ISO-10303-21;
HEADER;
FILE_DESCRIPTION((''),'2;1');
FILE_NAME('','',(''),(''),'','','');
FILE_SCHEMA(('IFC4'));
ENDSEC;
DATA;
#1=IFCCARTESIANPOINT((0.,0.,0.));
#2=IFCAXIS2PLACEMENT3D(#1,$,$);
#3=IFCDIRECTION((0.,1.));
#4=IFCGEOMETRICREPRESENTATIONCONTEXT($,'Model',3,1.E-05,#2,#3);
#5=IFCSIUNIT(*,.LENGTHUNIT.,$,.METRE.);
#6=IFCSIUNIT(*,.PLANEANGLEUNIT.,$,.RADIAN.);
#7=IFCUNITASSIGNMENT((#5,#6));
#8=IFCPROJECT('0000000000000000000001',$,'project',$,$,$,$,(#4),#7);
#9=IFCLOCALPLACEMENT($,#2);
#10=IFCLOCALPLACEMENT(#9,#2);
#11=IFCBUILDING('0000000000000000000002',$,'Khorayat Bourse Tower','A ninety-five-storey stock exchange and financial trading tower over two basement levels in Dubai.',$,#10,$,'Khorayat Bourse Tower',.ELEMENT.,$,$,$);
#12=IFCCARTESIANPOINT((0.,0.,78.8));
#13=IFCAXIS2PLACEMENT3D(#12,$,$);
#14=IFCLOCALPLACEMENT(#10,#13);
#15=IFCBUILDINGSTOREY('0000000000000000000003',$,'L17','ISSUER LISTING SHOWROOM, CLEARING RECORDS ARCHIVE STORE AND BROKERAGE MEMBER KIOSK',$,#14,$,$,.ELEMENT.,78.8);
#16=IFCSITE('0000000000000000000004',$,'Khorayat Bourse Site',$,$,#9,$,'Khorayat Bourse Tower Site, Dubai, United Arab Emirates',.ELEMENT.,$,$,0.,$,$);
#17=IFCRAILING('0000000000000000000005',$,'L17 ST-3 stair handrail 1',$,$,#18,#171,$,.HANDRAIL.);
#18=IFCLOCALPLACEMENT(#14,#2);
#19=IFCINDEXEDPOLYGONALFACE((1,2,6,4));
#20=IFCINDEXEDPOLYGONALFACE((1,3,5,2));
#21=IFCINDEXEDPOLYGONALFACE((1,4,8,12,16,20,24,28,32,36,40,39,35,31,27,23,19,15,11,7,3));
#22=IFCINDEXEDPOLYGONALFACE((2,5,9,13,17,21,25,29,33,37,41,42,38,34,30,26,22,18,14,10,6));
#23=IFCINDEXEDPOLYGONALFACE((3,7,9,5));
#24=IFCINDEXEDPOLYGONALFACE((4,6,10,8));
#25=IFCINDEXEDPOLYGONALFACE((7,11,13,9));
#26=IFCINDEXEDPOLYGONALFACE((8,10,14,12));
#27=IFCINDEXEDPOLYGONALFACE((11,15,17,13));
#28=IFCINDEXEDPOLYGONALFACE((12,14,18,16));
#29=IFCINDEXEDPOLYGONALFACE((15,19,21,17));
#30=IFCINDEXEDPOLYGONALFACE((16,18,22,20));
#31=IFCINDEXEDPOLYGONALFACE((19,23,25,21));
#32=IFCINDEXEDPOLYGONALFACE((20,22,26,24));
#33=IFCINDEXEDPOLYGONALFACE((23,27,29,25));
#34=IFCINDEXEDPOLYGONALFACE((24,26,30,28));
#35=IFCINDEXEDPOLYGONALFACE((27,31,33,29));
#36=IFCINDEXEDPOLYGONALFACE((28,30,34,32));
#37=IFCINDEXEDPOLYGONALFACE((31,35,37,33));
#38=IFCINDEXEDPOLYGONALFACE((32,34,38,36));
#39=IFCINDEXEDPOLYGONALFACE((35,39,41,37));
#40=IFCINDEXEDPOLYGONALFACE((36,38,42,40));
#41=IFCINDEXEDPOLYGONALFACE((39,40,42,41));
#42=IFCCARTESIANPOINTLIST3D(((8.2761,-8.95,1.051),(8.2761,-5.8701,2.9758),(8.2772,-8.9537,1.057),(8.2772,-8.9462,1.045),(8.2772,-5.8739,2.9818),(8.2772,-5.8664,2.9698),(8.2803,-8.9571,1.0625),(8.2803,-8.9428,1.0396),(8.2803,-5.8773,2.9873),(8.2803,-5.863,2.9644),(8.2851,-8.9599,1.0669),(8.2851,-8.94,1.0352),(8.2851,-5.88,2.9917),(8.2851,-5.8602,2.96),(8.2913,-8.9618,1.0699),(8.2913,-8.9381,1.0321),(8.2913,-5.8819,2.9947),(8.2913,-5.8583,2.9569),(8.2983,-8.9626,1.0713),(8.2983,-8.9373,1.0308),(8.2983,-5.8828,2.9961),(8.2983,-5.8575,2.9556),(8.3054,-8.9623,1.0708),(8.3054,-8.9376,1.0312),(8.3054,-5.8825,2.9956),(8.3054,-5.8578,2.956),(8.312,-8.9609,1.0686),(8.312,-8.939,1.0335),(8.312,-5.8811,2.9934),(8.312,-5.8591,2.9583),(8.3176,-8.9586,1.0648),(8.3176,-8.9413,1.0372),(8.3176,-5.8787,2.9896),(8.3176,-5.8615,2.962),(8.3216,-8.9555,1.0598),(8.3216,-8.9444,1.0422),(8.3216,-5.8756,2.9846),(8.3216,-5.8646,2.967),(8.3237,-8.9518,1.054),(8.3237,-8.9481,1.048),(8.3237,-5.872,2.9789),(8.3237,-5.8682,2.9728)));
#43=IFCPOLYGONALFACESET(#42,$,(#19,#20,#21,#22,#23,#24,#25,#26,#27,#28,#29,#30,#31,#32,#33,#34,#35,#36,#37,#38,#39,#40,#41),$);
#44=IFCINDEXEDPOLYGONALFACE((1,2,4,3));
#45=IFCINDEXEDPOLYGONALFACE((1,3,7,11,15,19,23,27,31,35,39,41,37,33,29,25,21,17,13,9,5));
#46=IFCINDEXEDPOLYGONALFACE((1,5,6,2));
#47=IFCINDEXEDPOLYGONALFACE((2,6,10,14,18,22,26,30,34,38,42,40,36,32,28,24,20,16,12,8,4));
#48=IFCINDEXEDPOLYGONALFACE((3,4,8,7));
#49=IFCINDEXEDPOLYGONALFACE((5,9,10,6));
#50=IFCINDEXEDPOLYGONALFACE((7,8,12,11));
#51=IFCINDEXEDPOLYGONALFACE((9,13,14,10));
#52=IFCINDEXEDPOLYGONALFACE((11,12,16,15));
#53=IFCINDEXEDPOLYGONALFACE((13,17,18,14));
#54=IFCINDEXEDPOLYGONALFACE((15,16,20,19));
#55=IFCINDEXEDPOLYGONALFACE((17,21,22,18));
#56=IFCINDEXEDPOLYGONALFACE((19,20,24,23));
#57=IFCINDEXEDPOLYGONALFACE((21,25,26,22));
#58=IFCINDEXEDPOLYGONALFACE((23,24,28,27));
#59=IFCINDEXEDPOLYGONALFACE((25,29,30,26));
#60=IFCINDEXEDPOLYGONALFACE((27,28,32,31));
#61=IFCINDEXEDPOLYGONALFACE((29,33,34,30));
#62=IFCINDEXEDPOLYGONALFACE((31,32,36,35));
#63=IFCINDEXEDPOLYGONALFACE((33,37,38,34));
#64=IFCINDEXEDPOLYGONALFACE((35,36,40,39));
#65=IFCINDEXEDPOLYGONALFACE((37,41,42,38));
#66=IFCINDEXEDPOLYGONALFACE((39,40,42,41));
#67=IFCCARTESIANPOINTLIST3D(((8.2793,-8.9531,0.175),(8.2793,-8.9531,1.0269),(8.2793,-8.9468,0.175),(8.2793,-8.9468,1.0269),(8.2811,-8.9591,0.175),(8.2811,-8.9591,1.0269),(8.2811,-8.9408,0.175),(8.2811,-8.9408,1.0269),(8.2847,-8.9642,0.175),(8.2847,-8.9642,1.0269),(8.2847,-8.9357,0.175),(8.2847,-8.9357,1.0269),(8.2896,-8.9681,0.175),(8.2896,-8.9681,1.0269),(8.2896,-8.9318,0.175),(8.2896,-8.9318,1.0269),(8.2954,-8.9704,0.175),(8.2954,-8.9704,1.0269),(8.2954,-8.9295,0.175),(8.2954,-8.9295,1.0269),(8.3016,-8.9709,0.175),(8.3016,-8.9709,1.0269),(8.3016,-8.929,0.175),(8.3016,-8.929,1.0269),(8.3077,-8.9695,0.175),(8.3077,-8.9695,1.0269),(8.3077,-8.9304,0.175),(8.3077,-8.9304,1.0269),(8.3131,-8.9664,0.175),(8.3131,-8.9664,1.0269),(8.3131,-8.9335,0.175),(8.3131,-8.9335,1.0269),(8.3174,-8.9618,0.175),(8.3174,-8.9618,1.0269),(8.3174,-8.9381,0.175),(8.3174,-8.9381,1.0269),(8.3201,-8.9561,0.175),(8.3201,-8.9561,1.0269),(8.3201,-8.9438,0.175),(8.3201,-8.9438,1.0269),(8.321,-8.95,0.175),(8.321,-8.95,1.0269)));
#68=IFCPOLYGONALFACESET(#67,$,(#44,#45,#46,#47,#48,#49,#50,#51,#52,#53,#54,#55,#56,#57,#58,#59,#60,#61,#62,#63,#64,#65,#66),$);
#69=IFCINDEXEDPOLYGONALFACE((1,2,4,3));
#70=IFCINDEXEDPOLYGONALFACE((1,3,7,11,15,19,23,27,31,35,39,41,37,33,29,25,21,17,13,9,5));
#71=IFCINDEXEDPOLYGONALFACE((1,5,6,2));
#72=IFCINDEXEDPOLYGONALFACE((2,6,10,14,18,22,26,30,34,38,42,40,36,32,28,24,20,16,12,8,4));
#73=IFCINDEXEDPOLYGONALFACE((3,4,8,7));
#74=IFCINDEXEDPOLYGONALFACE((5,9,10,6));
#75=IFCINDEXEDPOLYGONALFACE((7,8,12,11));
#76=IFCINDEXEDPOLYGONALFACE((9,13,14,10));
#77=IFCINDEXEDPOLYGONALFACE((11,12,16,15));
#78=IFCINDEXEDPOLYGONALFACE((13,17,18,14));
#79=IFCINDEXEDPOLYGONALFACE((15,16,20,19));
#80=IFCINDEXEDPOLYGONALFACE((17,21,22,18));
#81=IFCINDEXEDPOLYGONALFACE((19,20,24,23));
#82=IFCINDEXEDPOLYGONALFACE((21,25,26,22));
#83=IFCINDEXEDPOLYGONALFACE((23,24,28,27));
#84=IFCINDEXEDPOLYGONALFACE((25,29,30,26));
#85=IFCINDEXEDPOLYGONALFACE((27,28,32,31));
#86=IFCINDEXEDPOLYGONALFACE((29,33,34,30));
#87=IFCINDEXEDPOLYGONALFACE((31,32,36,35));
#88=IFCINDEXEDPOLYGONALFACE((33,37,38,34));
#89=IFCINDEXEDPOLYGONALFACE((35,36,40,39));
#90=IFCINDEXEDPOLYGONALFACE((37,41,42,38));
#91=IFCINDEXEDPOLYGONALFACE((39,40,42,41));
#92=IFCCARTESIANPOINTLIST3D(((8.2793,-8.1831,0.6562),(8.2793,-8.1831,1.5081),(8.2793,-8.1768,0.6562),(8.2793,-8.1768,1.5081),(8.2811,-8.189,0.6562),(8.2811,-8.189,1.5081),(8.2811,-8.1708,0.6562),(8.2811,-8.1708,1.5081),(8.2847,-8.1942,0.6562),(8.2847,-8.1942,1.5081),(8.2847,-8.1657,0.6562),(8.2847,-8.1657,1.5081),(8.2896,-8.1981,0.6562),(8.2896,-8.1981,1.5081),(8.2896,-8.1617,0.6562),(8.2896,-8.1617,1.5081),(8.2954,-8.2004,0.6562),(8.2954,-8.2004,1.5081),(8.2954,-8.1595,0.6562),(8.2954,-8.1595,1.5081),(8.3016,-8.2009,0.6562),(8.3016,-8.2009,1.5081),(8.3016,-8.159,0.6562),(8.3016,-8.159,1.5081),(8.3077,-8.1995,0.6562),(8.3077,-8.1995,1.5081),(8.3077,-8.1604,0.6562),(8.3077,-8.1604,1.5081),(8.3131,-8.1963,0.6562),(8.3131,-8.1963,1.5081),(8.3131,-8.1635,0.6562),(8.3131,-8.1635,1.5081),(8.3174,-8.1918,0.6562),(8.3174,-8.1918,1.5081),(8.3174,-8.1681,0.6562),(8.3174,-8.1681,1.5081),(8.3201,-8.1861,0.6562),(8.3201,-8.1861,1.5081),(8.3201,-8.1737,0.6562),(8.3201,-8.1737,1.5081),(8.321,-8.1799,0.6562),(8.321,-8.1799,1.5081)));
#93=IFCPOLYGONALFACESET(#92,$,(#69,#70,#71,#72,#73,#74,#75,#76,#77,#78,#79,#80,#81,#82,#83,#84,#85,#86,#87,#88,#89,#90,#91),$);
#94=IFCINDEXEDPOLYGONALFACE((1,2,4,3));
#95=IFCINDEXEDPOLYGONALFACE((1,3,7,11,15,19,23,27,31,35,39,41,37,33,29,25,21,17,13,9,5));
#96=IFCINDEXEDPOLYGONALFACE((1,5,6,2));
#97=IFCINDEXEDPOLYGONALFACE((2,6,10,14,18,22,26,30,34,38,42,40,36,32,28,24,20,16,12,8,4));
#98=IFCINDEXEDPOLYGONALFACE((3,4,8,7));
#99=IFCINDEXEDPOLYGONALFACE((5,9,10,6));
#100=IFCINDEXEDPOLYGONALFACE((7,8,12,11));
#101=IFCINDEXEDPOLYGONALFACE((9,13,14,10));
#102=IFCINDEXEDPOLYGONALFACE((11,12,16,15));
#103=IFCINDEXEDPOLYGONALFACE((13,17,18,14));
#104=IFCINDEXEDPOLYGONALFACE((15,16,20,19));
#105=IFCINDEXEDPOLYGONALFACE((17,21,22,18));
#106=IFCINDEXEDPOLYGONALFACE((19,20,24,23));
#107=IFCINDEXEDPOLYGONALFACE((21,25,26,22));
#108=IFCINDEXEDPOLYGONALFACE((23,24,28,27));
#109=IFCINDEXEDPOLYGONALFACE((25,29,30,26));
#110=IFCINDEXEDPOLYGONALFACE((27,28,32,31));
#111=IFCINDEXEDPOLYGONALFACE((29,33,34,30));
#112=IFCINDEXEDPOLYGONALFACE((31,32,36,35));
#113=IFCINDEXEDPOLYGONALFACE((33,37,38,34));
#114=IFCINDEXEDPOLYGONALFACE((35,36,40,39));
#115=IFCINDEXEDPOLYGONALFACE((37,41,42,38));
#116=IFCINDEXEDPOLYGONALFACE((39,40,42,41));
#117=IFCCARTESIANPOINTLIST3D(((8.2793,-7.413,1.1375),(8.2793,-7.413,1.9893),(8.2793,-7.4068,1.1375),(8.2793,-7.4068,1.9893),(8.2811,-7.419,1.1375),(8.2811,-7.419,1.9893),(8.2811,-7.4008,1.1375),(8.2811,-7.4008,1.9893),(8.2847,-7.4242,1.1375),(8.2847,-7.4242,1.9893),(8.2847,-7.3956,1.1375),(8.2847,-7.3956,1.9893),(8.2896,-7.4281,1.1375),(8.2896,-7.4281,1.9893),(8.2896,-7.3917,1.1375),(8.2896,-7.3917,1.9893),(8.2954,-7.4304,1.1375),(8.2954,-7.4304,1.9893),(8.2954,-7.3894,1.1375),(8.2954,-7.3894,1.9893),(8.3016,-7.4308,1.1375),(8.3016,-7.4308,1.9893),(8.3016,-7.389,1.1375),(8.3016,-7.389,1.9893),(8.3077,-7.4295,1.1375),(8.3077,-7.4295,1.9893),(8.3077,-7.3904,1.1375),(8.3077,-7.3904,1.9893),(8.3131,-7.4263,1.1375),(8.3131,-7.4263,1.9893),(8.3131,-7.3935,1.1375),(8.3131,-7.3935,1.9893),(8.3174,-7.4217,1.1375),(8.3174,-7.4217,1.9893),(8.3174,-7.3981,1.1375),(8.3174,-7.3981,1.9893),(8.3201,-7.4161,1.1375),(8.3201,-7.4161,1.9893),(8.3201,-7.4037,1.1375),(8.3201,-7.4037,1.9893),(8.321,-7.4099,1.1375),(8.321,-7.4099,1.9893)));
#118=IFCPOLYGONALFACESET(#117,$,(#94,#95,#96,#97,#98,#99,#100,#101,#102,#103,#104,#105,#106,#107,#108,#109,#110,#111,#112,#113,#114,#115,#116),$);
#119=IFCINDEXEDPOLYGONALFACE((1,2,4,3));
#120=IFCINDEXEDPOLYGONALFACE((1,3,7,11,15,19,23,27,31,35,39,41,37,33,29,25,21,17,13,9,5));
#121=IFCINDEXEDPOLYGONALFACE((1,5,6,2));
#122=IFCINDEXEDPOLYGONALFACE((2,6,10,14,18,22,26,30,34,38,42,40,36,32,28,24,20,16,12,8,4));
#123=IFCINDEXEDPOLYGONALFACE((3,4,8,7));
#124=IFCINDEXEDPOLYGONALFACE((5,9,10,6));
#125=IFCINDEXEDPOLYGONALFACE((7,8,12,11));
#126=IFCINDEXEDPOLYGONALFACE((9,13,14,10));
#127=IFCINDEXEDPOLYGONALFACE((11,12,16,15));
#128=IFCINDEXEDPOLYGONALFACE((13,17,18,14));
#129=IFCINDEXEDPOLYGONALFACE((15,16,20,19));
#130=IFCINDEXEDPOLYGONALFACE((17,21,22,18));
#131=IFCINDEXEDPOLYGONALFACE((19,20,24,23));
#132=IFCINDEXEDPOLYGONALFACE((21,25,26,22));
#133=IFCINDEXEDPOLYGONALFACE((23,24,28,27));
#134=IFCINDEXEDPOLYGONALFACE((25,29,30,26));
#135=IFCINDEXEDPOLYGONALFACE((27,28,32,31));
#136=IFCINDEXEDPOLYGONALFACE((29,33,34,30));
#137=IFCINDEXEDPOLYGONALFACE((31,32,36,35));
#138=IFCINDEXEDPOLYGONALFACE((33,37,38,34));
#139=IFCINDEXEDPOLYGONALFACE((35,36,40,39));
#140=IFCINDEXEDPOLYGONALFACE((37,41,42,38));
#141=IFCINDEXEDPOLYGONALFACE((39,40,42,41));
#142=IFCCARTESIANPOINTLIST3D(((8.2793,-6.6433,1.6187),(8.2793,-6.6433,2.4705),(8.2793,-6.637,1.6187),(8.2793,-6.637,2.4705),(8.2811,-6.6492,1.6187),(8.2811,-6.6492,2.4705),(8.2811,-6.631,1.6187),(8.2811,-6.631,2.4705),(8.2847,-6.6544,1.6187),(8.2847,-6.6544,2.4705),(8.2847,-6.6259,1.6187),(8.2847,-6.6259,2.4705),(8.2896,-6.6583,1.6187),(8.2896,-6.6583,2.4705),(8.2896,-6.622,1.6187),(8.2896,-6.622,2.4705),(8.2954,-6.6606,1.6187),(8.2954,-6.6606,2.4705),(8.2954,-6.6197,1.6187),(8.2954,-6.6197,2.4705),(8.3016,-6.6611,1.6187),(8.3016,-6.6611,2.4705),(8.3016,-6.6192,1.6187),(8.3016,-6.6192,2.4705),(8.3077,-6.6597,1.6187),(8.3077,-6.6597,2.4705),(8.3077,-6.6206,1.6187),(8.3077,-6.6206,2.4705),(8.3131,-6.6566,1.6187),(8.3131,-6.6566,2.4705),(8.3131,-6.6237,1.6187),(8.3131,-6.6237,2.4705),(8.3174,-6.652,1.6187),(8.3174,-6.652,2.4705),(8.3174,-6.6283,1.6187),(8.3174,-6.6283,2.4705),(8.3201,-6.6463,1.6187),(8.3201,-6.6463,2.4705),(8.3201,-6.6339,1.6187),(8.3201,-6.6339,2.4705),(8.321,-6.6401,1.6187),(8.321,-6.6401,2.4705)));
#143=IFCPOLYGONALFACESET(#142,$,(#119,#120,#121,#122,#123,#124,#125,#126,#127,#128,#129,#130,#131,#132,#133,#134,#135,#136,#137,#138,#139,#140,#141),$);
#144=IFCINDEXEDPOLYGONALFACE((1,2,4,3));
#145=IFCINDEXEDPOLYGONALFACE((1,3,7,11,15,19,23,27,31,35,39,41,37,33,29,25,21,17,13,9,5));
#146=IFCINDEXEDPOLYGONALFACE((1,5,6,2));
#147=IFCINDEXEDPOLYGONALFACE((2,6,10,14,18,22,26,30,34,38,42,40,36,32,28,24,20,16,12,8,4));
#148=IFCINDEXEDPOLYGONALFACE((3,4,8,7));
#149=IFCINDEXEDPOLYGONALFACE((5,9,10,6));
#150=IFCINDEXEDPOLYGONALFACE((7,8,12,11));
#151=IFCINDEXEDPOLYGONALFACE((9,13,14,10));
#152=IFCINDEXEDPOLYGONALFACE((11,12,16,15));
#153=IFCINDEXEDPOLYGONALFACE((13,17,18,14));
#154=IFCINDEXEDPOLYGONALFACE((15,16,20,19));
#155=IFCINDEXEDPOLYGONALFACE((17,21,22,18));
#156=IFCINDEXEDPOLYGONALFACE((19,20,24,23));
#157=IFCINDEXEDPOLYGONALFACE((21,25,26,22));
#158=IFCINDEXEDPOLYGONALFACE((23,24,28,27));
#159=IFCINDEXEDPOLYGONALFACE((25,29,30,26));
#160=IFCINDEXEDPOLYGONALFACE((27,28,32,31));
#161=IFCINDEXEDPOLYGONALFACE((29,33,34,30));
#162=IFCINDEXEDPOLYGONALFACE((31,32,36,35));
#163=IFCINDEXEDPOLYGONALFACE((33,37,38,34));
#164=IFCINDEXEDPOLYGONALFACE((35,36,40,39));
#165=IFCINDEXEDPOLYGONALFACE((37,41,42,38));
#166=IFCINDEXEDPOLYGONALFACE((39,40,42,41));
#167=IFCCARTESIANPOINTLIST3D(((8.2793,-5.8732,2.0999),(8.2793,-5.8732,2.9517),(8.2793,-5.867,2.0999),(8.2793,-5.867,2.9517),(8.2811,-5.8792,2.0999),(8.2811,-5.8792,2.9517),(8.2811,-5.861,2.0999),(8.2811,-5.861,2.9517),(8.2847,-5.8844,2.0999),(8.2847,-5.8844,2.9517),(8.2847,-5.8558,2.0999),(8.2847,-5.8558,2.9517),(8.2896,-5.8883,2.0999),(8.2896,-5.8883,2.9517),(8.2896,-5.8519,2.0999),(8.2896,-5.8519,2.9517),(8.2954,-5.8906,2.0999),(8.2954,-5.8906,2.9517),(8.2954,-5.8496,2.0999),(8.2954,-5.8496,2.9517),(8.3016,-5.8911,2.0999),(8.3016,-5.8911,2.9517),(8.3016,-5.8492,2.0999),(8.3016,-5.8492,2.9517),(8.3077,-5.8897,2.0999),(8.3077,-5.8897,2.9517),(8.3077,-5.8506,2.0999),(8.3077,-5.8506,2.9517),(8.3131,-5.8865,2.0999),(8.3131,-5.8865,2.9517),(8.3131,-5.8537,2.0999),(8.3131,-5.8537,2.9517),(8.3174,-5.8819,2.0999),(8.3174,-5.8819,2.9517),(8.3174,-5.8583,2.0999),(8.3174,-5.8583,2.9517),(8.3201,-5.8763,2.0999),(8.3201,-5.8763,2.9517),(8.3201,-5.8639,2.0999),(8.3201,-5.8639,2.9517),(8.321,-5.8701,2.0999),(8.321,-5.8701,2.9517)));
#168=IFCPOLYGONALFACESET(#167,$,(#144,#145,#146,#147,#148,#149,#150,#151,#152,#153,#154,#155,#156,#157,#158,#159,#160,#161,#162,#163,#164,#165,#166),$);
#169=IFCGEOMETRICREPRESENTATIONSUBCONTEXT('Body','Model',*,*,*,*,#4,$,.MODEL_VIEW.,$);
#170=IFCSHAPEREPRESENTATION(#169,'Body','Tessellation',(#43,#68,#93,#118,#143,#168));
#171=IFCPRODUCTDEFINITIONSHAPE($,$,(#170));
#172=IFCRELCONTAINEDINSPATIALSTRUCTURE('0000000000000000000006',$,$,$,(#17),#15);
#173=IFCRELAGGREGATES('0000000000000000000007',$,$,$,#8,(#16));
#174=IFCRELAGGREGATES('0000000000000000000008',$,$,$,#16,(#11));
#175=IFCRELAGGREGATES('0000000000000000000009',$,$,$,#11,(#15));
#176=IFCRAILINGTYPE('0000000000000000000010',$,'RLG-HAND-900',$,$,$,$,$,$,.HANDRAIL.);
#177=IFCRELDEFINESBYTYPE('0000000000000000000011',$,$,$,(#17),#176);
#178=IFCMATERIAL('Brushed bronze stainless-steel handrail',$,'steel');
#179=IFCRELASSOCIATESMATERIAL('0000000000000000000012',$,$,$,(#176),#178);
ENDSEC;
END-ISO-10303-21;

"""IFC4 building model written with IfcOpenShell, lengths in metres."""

from ifc_helpers import new_model, si_unit, direction, frame, origin, origin_2d, place, context, subcontext, project, spatial, circle, extrude, source, transform, mapped, material, type_object, element, save


model = new_model("IFC4")

# Units and contexts
model_context = context("Model", 3, precision=1e-05, world=origin(), true_north=direction((0.0, 1.0)))
body_context = subcontext(model_context, "Body", "Model", "MODEL_VIEW")
ifc_project = project(units=[si_unit("LENGTHUNIT", "METRE"), si_unit("PLANEANGLEUNIT", "RADIAN")], contexts=[model_context])

# Site, building, storey
site_placement = place(None, origin())
site = spatial("IfcSite", under=ifc_project, at=site_placement, Name="Khorayat Bourse Site", LongName="Khorayat Bourse Tower Site, Dubai, United Arab Emirates", CompositionType="ELEMENT", RefElevation=0.0)
building_placement = place(site_placement, origin())
building = spatial("IfcBuilding", under=site, at=building_placement, Name="Khorayat Bourse Tower", Description="A ninety-five-storey stock exchange and financial trading tower over two basement levels in Dubai.", LongName="Khorayat Bourse Tower", CompositionType="ELEMENT")
storey_placement = place(building_placement, frame((0.0, 0.0, 78.8)))
storey = spatial("IfcBuildingStorey", under=building, at=storey_placement, Name="L17", Description="ISSUER LISTING SHOWROOM, CLEARING RECORDS ARCHIVE STORE AND BROKERAGE MEMBER KIOSK", CompositionType="ELEMENT", Elevation=78.8)

# Railing
ifc_material_1 = material(Name="Brushed bronze stainless-steel handrail", Category="steel")
railing_type_1 = type_object("IfcRailingType", Name="RLG-HAND-900", PredefinedType="HANDRAIL", material=ifc_material_1)
shared_shape_1 = source(origin(), body_context, "Body", "SweptSolid", [
    extrude(circle(Radius=0.0239, at=origin_2d()), frame((0.0, 0.0, 0.876), z_axis=(0.0, 0.84801, 0.529981), x_axis=(-1.0, 0.0, 0.0)), (0.0, 0.0, 1.0), 3.6318),
    extrude(circle(Radius=0.021, at=origin_2d()), origin(), (0.0, 0.0, 1.0), 0.8518),
    extrude(circle(Radius=0.021, at=origin_2d()), frame((0.0, 0.77, 0.4812)), (0.0, 0.0, 1.0), 0.8518),
    extrude(circle(Radius=0.021, at=origin_2d()), frame((0.0, 1.54, 0.9624)), (0.0, 0.0, 1.0), 0.8518),
    extrude(circle(Radius=0.021, at=origin_2d()), frame((0.0, 2.3098, 1.4436)), (0.0, 0.0, 1.0), 0.8518),
    extrude(circle(Radius=0.021, at=origin_2d()), frame((0.0, 3.0798, 1.9248)), (0.0, 0.0, 1.0), 0.8518),
])
railing_1_placement = place(storey_placement, frame((8.3, -8.95, 0.175)))
element("IfcRailing", 1, at=railing_1_placement, inside=storey, type_object=railing_type_1, Name="L17 ST-3 stair handrail 1", PredefinedType="HANDRAIL", context=body_context, shape_type="MappedRepresentation", body=[
    mapped(shared_shape_1, transform((0.0, 0.0, 0.0), scale=1.0)),
])

save(model, "model.ifc")
